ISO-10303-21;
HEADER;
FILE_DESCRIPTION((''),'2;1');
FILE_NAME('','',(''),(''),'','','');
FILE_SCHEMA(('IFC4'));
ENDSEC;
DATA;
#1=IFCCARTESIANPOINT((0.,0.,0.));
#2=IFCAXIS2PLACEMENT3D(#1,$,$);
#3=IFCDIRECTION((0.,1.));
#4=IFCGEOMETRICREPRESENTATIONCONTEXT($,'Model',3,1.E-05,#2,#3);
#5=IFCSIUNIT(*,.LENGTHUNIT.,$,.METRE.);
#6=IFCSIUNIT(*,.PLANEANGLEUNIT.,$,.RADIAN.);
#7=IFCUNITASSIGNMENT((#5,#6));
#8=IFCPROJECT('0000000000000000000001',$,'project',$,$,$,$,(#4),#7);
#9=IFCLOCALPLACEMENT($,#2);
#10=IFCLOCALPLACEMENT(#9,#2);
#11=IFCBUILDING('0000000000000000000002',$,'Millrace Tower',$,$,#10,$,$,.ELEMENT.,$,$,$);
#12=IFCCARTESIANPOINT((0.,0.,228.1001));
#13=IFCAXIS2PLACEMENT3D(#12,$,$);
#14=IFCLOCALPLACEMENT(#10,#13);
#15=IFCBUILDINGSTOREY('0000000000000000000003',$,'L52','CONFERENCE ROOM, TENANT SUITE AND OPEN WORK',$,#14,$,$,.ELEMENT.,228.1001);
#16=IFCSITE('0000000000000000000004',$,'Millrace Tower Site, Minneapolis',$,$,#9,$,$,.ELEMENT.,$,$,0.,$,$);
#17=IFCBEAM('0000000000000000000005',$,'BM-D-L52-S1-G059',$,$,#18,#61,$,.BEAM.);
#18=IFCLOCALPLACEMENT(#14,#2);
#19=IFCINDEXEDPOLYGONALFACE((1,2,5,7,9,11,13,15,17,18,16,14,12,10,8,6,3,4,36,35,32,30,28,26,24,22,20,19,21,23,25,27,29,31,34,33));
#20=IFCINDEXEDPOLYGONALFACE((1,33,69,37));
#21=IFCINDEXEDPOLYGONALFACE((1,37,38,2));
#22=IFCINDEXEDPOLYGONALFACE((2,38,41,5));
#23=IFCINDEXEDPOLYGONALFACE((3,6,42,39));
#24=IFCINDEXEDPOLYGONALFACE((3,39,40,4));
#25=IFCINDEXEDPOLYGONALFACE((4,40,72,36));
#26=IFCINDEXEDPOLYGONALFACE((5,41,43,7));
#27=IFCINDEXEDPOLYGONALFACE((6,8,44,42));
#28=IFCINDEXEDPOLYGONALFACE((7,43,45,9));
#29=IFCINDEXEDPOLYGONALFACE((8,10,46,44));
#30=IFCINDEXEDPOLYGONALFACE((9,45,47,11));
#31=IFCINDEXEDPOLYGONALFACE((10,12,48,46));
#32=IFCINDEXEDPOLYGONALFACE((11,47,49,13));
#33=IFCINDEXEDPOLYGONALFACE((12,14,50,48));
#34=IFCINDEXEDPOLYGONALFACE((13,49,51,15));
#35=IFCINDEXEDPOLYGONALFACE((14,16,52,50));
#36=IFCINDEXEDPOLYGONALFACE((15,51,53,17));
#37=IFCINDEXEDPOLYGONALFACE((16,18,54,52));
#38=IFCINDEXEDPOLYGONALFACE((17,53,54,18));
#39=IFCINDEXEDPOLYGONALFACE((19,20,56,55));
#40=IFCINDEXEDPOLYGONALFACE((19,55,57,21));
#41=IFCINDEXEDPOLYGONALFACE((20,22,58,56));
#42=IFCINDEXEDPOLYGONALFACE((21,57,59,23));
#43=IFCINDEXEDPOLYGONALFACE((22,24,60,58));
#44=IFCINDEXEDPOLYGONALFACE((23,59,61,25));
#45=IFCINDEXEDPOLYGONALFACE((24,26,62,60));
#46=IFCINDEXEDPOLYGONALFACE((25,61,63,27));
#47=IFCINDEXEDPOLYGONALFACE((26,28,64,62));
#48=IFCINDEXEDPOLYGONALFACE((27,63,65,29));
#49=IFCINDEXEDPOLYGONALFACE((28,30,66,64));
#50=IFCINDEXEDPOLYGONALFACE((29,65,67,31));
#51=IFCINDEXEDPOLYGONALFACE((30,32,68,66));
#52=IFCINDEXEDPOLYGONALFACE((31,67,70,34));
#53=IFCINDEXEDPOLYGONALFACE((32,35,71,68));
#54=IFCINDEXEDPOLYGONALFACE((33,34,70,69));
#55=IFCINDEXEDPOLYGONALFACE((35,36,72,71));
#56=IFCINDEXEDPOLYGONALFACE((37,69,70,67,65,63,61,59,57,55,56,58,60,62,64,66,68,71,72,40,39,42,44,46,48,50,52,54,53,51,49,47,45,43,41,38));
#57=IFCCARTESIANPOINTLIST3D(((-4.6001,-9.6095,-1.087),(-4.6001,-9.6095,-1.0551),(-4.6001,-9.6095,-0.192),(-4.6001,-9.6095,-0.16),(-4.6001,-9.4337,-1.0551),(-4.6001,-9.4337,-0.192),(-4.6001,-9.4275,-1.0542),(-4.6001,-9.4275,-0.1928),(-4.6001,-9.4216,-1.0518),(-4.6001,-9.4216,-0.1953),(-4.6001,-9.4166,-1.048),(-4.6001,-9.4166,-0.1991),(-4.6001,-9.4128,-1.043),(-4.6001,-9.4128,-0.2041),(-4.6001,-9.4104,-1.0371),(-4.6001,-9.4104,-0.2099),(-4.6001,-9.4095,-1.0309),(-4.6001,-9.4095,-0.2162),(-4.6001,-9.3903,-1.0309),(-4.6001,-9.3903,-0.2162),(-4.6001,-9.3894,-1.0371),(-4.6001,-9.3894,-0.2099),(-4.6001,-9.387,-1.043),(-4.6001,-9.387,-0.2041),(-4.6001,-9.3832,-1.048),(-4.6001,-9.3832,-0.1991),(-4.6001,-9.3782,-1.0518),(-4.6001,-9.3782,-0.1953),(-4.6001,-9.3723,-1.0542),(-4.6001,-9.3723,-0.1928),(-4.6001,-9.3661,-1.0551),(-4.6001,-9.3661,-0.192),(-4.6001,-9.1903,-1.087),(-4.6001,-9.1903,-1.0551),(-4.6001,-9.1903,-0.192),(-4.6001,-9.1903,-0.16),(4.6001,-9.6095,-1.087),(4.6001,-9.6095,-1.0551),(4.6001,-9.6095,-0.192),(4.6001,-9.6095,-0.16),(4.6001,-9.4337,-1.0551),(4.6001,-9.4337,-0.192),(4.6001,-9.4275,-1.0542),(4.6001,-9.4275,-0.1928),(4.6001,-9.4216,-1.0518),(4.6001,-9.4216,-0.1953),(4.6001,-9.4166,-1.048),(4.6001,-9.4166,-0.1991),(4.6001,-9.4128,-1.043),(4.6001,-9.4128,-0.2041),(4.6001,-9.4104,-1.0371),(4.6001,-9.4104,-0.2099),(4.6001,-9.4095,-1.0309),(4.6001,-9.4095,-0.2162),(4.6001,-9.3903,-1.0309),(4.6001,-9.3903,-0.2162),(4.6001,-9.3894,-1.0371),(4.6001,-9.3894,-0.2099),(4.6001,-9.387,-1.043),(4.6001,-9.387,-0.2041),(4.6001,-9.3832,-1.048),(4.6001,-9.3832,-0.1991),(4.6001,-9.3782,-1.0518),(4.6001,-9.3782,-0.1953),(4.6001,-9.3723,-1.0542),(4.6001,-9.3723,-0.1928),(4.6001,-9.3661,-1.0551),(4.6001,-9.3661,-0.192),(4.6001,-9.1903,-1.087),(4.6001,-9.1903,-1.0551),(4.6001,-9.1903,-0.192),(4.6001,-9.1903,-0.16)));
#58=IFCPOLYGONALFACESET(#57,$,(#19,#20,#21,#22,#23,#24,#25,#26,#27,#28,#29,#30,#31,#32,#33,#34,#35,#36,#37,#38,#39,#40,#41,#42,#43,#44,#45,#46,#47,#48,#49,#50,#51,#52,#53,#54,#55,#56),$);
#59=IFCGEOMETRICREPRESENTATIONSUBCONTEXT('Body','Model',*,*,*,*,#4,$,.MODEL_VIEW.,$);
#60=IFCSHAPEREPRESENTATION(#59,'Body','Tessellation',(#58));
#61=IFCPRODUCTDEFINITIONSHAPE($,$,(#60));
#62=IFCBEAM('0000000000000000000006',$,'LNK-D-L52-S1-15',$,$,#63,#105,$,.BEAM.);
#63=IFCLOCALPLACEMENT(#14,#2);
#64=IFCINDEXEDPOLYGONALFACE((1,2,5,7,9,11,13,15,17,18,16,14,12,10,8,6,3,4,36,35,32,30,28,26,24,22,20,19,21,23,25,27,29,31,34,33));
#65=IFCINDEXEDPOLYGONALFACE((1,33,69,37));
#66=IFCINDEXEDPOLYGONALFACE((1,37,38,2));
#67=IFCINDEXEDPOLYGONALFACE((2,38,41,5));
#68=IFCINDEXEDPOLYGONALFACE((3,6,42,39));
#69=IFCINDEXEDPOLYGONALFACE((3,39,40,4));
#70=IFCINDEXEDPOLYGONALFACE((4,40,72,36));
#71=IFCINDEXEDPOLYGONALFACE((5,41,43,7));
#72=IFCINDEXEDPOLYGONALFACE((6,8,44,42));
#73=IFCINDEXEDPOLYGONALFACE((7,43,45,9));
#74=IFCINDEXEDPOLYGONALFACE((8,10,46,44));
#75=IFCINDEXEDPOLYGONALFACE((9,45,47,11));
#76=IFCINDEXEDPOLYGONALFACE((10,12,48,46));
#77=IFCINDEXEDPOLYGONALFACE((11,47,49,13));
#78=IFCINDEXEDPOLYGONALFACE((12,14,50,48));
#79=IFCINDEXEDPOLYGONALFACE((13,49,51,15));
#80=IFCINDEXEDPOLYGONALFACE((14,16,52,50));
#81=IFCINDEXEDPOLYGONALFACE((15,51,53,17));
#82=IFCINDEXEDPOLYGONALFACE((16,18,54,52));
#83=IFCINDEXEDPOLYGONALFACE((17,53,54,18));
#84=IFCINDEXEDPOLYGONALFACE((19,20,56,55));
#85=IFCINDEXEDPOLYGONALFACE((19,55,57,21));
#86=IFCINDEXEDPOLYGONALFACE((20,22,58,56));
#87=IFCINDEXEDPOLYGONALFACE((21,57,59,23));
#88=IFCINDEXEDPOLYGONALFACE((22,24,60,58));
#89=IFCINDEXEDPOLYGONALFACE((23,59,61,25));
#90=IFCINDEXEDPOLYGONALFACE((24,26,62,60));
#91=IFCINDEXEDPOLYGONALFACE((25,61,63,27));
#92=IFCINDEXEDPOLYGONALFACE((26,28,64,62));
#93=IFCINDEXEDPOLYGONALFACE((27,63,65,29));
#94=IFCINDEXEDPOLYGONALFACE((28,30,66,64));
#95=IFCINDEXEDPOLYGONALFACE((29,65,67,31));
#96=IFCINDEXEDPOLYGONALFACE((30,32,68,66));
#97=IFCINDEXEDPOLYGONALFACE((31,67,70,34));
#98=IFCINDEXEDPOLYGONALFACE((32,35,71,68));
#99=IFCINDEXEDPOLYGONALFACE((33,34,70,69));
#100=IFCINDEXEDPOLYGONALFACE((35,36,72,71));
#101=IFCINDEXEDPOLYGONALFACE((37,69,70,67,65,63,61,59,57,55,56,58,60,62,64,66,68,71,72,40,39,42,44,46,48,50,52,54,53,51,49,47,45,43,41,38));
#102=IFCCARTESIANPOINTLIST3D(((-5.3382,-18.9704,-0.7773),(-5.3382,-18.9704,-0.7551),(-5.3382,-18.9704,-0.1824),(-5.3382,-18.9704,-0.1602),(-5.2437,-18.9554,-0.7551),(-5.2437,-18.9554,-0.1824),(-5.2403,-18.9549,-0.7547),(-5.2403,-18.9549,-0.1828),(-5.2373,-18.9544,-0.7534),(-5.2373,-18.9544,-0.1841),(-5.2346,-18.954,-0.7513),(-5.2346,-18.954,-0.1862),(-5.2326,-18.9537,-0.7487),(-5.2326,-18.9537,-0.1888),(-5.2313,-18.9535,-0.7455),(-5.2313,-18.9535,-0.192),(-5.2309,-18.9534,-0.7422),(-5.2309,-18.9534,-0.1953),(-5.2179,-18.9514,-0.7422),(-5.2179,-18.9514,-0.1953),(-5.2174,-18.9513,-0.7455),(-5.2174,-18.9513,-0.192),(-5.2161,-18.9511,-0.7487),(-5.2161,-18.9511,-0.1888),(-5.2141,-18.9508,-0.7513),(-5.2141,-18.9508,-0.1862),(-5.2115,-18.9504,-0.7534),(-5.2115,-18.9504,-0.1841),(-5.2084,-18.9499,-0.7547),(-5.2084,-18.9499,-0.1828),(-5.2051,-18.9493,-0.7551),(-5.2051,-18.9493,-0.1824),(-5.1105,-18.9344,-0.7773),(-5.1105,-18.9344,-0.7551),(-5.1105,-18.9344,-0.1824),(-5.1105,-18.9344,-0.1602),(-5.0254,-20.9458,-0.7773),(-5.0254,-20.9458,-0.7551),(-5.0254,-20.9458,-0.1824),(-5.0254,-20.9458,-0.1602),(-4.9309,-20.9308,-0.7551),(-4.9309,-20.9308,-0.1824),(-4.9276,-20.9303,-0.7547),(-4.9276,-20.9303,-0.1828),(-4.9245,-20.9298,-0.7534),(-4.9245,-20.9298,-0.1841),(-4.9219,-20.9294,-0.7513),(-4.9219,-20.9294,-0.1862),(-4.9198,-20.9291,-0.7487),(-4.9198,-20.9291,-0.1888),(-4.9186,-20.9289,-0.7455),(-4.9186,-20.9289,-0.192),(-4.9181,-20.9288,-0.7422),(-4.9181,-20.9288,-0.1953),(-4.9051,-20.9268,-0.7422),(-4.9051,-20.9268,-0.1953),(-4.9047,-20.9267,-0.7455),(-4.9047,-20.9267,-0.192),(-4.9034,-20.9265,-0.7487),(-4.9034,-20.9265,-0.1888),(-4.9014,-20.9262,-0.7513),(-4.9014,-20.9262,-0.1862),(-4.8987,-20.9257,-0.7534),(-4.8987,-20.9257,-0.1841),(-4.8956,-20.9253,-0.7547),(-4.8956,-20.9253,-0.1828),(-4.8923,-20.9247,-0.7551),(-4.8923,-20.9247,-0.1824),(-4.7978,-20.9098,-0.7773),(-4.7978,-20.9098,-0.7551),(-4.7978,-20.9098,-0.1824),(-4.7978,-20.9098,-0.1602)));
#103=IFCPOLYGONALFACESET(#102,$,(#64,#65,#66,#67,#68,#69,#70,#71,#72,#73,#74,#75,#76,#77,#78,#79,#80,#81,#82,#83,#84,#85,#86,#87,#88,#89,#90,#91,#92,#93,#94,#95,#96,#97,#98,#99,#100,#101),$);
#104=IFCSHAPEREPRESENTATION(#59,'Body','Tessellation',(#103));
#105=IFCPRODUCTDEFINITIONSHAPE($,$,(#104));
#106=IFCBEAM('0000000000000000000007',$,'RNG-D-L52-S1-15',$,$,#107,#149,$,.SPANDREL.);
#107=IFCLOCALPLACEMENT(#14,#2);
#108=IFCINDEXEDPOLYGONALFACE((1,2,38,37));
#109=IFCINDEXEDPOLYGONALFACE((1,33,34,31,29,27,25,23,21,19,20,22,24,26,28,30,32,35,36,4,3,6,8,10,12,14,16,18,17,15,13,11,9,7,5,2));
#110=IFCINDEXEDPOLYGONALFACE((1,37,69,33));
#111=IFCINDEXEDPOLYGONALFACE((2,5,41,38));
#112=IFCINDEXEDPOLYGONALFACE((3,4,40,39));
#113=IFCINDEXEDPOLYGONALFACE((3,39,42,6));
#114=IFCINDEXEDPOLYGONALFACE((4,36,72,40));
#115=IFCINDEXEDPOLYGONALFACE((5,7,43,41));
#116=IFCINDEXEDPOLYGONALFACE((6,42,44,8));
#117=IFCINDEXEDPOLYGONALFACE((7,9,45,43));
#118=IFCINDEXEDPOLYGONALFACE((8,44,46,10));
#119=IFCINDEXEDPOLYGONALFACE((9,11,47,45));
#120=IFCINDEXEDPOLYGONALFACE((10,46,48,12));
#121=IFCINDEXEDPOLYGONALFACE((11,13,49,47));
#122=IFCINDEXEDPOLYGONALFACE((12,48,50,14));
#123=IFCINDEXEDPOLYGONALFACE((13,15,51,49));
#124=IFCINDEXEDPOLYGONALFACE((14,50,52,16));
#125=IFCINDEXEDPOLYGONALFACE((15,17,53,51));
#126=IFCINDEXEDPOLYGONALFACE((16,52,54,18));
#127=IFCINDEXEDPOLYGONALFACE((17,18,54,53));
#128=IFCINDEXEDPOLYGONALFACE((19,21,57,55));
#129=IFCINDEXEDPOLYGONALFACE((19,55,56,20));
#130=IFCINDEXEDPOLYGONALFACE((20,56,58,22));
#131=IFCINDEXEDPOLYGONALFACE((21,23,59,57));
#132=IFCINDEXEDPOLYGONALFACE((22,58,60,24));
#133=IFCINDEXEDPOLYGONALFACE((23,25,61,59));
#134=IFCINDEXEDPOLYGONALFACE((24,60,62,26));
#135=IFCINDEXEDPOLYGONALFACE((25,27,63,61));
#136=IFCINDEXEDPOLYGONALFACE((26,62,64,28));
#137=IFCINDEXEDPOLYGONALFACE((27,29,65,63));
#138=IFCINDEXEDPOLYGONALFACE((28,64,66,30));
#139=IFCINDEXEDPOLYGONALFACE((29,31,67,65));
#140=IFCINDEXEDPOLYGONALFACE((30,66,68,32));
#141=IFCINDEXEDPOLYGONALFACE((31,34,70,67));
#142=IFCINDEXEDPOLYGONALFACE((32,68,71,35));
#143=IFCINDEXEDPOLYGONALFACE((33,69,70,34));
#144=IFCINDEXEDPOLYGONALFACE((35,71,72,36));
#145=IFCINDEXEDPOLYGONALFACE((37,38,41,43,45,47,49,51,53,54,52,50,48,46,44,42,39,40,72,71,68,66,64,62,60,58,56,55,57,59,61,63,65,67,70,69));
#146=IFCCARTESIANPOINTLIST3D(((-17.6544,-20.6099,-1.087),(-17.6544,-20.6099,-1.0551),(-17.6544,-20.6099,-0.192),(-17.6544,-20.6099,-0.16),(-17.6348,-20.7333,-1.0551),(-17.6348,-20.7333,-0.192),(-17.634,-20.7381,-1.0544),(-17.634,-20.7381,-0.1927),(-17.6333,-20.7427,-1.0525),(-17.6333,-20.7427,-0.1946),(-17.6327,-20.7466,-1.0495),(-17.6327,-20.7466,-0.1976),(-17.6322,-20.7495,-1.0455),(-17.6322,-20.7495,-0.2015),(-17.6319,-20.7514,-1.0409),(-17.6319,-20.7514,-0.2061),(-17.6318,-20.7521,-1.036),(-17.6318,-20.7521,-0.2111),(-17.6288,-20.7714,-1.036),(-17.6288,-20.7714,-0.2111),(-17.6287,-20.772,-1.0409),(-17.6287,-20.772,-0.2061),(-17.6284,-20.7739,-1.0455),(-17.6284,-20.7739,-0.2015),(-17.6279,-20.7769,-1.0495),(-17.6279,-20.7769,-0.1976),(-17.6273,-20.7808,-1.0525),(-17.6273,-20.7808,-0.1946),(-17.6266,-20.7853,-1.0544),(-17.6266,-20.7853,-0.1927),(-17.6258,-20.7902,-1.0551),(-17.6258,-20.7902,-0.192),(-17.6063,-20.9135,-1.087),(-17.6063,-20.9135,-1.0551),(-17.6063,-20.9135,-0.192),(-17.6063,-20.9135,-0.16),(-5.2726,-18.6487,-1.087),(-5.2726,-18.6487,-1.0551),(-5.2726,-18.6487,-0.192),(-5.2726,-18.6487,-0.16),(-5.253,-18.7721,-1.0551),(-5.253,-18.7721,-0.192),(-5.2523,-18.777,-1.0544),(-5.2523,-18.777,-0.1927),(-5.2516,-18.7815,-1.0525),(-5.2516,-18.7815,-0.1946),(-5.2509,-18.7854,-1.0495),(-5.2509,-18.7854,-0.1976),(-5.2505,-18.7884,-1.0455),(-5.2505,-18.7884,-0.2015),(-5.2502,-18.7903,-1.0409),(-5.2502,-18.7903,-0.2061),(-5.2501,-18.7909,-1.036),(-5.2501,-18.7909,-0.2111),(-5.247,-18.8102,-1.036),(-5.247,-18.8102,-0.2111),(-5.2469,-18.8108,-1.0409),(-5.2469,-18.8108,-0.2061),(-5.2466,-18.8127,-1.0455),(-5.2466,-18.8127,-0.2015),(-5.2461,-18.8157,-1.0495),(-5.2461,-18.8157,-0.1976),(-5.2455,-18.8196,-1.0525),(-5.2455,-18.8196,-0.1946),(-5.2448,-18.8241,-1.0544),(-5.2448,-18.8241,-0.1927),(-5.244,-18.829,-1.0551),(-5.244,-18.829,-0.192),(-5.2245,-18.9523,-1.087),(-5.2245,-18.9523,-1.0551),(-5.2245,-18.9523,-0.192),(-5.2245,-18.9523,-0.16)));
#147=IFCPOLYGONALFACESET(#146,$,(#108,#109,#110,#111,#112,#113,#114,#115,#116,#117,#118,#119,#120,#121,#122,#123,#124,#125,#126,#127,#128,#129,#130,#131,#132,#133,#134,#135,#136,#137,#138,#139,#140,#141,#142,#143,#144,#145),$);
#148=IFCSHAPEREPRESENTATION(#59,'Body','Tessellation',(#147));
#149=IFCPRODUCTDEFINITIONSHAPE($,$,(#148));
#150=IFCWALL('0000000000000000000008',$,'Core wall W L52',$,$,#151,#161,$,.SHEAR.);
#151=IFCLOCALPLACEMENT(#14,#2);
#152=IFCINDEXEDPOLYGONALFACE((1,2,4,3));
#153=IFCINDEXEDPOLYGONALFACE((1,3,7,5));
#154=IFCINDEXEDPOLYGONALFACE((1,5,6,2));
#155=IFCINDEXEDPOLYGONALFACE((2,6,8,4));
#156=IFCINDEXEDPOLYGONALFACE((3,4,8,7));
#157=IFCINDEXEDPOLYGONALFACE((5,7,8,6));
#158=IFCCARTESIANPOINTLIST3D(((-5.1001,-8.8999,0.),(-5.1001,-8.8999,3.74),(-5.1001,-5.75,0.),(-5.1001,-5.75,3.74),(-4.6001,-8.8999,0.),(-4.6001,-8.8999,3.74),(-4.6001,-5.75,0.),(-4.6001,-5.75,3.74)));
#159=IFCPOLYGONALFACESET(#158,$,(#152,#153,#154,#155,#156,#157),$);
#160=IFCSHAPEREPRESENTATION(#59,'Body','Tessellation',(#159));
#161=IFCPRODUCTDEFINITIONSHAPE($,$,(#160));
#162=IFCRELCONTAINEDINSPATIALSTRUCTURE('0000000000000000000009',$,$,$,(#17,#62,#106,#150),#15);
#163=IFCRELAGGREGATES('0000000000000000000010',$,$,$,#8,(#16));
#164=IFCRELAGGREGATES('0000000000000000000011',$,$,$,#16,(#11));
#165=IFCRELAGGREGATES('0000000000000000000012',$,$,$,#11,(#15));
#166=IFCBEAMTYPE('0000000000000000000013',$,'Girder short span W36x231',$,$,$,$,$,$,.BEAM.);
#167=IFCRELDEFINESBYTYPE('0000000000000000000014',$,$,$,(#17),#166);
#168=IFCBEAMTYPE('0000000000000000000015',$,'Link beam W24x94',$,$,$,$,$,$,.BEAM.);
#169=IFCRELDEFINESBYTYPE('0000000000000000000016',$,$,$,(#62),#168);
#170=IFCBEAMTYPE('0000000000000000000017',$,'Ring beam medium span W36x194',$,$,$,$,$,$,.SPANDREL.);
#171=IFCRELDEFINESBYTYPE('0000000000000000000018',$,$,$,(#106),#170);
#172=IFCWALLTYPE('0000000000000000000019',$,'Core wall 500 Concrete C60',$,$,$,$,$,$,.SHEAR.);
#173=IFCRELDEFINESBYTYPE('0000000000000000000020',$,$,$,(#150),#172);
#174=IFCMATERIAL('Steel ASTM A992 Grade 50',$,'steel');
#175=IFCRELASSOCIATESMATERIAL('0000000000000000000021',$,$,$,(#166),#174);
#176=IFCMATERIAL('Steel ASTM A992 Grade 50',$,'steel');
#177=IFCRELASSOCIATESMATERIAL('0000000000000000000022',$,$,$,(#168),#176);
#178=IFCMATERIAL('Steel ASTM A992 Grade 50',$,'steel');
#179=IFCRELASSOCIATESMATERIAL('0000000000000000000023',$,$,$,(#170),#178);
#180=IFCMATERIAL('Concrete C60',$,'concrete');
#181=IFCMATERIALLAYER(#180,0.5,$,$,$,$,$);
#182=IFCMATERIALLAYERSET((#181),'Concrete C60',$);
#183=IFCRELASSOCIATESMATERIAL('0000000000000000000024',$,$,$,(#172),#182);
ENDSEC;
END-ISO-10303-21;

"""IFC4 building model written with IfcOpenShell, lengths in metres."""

from ifc_helpers import new_model, si_unit, direction, frame, frame_2d, origin, origin_2d, place, context, subcontext, project, spatial, rectangle, i_section, extrude, material, layer, layer_set, material_profile, profile_set, type_object, element, save


model = new_model("IFC4")

# Units and contexts
model_context = context("Model", 3, precision=1e-05, world=origin(), true_north=direction((0.0, 1.0)))
body_context = subcontext(model_context, "Body", "Model", "MODEL_VIEW")
ifc_project = project(units=[si_unit("LENGTHUNIT", "METRE"), si_unit("PLANEANGLEUNIT", "RADIAN")], contexts=[model_context])

# Site, building, storey
site_placement = place(None, origin())
site = spatial("IfcSite", under=ifc_project, at=site_placement, Name="Millrace Tower Site, Minneapolis", CompositionType="ELEMENT", RefElevation=0.0)
building_placement = place(site_placement, origin())
building = spatial("IfcBuilding", under=site, at=building_placement, Name="Millrace Tower", CompositionType="ELEMENT")
storey_placement = place(building_placement, frame((0.0, 0.0, 228.1001)))
storey = spatial("IfcBuildingStorey", under=building, at=storey_placement, Name="L52", Description="CONFERENCE ROOM, TENANT SUITE AND OPEN WORK", CompositionType="ELEMENT", Elevation=228.1001)

# Beams
ifc_material_1 = material(Name="Steel ASTM A992 Grade 50", Category="steel")
ifc_material_profile_1 = material_profile(ifc_material_1, i_section(OverallWidth=0.4192, OverallDepth=0.927, WebThickness=0.0193, FlangeThickness=0.032, FilletRadius=0.0242, at=origin_2d()))
ifc_profile_set_1 = profile_set([ifc_material_profile_1], Name="Steel ASTM A992 Grade 50")
beam_type_1 = type_object("IfcBeamType", Name="Girder short span W36x231", PredefinedType="BEAM", material=ifc_profile_set_1)
beam_1_placement = place(storey_placement, frame((-4.6001, -9.3999, -0.6235), z_axis=(1.0, 0.0, 0.0), x_axis=(0.0, 1.0, 0.0)))
element("IfcBeam", 1, at=beam_1_placement, inside=storey, type_object=beam_type_1, Name="BM-D-L52-S1-G059", PredefinedType="BEAM", context=body_context, shape_type="SweptSolid", body=[
    extrude(i_section(OverallWidth=0.4192, OverallDepth=0.927, WebThickness=0.0193, FlangeThickness=0.032, FilletRadius=0.0242, at=origin_2d()), origin(), (0.0, 0.0, 1.0), 9.2002),
])
ifc_material_2 = material(Name="Steel ASTM A992 Grade 50", Category="steel")
ifc_material_profile_2 = material_profile(ifc_material_2, i_section(OverallWidth=0.2305, OverallDepth=0.6172, WebThickness=0.0132, FlangeThickness=0.0222, FilletRadius=0.0129, at=origin_2d()))
ifc_profile_set_2 = profile_set([ifc_material_profile_2], Name="Steel ASTM A992 Grade 50")
beam_type_2 = type_object("IfcBeamType", Name="Link beam W24x94", PredefinedType="BEAM", material=ifc_profile_set_2)
beam_2_placement = place(storey_placement, frame((-5.2244, -18.9524, -0.4688), z_axis=(0.156376, -0.987698, 0.0), x_axis=(0.987698, 0.156376, 0.0)))
element("IfcBeam", 2, at=beam_2_placement, inside=storey, type_object=beam_type_2, Name="LNK-D-L52-S1-15", PredefinedType="BEAM", context=body_context, shape_type="SweptSolid", body=[
    extrude(i_section(OverallWidth=0.2305, OverallDepth=0.6172, WebThickness=0.0132, FlangeThickness=0.0222, FilletRadius=0.0129, at=origin_2d()), origin(), (0.0, 0.0, 1.0), 2.0),
])
ifc_material_3 = material(Name="Steel ASTM A992 Grade 50", Category="steel")
ifc_material_profile_3 = material_profile(ifc_material_3, i_section(OverallWidth=0.3074, OverallDepth=0.927, WebThickness=0.0195, FlangeThickness=0.032, FilletRadius=0.019, at=origin_2d()))
ifc_profile_set_3 = profile_set([ifc_material_profile_3], Name="Steel ASTM A992 Grade 50")
beam_type_3 = type_object("IfcBeamType", Name="Ring beam medium span W36x194", PredefinedType="SPANDREL", material=ifc_profile_set_3)
beam_3_placement = place(storey_placement, frame((-5.2485, -18.8005, -0.6235), z_axis=(-0.987687, -0.156442, 0.0), x_axis=(0.156442, -0.987687, 0.0)))
element("IfcBeam", 3, at=beam_3_placement, inside=storey, type_object=beam_type_3, Name="RNG-D-L52-S1-15", PredefinedType="SPANDREL", context=body_context, shape_type="SweptSolid", body=[
    extrude(i_section(OverallWidth=0.3074, OverallDepth=0.927, WebThickness=0.0195, FlangeThickness=0.032, FilletRadius=0.019, at=origin_2d()), origin(), (0.0, 0.0, 1.0), 12.5361),
])

# Wall
ifc_material_4 = material(Name="Concrete C60", Category="concrete")
ifc_layer_1 = layer(ifc_material_4, 0.5)
ifc_layer_set_1 = layer_set([ifc_layer_1], Name="Concrete C60")
wall_type_1 = type_object("IfcWallType", Name="Core wall 500 Concrete C60", PredefinedType="SHEAR", material=ifc_layer_set_1)
wall_1_placement = place(storey_placement, frame((-4.8501, -8.8999, 0.0), z_axis=(0.0, 0.0, 1.0), x_axis=(0.0, 1.0, 0.0)))
element("IfcWall", 4, at=wall_1_placement, inside=storey, type_object=wall_type_1, Name="Core wall W L52", PredefinedType="SHEAR", context=body_context, shape_type="SweptSolid", body=[
    extrude(rectangle(XDim=3.1499, YDim=0.5, at=frame_2d((1.575, 0.0))), origin(), (0.0, 0.0, 1.0), 3.74),
])

save(model, "model.ifc")
